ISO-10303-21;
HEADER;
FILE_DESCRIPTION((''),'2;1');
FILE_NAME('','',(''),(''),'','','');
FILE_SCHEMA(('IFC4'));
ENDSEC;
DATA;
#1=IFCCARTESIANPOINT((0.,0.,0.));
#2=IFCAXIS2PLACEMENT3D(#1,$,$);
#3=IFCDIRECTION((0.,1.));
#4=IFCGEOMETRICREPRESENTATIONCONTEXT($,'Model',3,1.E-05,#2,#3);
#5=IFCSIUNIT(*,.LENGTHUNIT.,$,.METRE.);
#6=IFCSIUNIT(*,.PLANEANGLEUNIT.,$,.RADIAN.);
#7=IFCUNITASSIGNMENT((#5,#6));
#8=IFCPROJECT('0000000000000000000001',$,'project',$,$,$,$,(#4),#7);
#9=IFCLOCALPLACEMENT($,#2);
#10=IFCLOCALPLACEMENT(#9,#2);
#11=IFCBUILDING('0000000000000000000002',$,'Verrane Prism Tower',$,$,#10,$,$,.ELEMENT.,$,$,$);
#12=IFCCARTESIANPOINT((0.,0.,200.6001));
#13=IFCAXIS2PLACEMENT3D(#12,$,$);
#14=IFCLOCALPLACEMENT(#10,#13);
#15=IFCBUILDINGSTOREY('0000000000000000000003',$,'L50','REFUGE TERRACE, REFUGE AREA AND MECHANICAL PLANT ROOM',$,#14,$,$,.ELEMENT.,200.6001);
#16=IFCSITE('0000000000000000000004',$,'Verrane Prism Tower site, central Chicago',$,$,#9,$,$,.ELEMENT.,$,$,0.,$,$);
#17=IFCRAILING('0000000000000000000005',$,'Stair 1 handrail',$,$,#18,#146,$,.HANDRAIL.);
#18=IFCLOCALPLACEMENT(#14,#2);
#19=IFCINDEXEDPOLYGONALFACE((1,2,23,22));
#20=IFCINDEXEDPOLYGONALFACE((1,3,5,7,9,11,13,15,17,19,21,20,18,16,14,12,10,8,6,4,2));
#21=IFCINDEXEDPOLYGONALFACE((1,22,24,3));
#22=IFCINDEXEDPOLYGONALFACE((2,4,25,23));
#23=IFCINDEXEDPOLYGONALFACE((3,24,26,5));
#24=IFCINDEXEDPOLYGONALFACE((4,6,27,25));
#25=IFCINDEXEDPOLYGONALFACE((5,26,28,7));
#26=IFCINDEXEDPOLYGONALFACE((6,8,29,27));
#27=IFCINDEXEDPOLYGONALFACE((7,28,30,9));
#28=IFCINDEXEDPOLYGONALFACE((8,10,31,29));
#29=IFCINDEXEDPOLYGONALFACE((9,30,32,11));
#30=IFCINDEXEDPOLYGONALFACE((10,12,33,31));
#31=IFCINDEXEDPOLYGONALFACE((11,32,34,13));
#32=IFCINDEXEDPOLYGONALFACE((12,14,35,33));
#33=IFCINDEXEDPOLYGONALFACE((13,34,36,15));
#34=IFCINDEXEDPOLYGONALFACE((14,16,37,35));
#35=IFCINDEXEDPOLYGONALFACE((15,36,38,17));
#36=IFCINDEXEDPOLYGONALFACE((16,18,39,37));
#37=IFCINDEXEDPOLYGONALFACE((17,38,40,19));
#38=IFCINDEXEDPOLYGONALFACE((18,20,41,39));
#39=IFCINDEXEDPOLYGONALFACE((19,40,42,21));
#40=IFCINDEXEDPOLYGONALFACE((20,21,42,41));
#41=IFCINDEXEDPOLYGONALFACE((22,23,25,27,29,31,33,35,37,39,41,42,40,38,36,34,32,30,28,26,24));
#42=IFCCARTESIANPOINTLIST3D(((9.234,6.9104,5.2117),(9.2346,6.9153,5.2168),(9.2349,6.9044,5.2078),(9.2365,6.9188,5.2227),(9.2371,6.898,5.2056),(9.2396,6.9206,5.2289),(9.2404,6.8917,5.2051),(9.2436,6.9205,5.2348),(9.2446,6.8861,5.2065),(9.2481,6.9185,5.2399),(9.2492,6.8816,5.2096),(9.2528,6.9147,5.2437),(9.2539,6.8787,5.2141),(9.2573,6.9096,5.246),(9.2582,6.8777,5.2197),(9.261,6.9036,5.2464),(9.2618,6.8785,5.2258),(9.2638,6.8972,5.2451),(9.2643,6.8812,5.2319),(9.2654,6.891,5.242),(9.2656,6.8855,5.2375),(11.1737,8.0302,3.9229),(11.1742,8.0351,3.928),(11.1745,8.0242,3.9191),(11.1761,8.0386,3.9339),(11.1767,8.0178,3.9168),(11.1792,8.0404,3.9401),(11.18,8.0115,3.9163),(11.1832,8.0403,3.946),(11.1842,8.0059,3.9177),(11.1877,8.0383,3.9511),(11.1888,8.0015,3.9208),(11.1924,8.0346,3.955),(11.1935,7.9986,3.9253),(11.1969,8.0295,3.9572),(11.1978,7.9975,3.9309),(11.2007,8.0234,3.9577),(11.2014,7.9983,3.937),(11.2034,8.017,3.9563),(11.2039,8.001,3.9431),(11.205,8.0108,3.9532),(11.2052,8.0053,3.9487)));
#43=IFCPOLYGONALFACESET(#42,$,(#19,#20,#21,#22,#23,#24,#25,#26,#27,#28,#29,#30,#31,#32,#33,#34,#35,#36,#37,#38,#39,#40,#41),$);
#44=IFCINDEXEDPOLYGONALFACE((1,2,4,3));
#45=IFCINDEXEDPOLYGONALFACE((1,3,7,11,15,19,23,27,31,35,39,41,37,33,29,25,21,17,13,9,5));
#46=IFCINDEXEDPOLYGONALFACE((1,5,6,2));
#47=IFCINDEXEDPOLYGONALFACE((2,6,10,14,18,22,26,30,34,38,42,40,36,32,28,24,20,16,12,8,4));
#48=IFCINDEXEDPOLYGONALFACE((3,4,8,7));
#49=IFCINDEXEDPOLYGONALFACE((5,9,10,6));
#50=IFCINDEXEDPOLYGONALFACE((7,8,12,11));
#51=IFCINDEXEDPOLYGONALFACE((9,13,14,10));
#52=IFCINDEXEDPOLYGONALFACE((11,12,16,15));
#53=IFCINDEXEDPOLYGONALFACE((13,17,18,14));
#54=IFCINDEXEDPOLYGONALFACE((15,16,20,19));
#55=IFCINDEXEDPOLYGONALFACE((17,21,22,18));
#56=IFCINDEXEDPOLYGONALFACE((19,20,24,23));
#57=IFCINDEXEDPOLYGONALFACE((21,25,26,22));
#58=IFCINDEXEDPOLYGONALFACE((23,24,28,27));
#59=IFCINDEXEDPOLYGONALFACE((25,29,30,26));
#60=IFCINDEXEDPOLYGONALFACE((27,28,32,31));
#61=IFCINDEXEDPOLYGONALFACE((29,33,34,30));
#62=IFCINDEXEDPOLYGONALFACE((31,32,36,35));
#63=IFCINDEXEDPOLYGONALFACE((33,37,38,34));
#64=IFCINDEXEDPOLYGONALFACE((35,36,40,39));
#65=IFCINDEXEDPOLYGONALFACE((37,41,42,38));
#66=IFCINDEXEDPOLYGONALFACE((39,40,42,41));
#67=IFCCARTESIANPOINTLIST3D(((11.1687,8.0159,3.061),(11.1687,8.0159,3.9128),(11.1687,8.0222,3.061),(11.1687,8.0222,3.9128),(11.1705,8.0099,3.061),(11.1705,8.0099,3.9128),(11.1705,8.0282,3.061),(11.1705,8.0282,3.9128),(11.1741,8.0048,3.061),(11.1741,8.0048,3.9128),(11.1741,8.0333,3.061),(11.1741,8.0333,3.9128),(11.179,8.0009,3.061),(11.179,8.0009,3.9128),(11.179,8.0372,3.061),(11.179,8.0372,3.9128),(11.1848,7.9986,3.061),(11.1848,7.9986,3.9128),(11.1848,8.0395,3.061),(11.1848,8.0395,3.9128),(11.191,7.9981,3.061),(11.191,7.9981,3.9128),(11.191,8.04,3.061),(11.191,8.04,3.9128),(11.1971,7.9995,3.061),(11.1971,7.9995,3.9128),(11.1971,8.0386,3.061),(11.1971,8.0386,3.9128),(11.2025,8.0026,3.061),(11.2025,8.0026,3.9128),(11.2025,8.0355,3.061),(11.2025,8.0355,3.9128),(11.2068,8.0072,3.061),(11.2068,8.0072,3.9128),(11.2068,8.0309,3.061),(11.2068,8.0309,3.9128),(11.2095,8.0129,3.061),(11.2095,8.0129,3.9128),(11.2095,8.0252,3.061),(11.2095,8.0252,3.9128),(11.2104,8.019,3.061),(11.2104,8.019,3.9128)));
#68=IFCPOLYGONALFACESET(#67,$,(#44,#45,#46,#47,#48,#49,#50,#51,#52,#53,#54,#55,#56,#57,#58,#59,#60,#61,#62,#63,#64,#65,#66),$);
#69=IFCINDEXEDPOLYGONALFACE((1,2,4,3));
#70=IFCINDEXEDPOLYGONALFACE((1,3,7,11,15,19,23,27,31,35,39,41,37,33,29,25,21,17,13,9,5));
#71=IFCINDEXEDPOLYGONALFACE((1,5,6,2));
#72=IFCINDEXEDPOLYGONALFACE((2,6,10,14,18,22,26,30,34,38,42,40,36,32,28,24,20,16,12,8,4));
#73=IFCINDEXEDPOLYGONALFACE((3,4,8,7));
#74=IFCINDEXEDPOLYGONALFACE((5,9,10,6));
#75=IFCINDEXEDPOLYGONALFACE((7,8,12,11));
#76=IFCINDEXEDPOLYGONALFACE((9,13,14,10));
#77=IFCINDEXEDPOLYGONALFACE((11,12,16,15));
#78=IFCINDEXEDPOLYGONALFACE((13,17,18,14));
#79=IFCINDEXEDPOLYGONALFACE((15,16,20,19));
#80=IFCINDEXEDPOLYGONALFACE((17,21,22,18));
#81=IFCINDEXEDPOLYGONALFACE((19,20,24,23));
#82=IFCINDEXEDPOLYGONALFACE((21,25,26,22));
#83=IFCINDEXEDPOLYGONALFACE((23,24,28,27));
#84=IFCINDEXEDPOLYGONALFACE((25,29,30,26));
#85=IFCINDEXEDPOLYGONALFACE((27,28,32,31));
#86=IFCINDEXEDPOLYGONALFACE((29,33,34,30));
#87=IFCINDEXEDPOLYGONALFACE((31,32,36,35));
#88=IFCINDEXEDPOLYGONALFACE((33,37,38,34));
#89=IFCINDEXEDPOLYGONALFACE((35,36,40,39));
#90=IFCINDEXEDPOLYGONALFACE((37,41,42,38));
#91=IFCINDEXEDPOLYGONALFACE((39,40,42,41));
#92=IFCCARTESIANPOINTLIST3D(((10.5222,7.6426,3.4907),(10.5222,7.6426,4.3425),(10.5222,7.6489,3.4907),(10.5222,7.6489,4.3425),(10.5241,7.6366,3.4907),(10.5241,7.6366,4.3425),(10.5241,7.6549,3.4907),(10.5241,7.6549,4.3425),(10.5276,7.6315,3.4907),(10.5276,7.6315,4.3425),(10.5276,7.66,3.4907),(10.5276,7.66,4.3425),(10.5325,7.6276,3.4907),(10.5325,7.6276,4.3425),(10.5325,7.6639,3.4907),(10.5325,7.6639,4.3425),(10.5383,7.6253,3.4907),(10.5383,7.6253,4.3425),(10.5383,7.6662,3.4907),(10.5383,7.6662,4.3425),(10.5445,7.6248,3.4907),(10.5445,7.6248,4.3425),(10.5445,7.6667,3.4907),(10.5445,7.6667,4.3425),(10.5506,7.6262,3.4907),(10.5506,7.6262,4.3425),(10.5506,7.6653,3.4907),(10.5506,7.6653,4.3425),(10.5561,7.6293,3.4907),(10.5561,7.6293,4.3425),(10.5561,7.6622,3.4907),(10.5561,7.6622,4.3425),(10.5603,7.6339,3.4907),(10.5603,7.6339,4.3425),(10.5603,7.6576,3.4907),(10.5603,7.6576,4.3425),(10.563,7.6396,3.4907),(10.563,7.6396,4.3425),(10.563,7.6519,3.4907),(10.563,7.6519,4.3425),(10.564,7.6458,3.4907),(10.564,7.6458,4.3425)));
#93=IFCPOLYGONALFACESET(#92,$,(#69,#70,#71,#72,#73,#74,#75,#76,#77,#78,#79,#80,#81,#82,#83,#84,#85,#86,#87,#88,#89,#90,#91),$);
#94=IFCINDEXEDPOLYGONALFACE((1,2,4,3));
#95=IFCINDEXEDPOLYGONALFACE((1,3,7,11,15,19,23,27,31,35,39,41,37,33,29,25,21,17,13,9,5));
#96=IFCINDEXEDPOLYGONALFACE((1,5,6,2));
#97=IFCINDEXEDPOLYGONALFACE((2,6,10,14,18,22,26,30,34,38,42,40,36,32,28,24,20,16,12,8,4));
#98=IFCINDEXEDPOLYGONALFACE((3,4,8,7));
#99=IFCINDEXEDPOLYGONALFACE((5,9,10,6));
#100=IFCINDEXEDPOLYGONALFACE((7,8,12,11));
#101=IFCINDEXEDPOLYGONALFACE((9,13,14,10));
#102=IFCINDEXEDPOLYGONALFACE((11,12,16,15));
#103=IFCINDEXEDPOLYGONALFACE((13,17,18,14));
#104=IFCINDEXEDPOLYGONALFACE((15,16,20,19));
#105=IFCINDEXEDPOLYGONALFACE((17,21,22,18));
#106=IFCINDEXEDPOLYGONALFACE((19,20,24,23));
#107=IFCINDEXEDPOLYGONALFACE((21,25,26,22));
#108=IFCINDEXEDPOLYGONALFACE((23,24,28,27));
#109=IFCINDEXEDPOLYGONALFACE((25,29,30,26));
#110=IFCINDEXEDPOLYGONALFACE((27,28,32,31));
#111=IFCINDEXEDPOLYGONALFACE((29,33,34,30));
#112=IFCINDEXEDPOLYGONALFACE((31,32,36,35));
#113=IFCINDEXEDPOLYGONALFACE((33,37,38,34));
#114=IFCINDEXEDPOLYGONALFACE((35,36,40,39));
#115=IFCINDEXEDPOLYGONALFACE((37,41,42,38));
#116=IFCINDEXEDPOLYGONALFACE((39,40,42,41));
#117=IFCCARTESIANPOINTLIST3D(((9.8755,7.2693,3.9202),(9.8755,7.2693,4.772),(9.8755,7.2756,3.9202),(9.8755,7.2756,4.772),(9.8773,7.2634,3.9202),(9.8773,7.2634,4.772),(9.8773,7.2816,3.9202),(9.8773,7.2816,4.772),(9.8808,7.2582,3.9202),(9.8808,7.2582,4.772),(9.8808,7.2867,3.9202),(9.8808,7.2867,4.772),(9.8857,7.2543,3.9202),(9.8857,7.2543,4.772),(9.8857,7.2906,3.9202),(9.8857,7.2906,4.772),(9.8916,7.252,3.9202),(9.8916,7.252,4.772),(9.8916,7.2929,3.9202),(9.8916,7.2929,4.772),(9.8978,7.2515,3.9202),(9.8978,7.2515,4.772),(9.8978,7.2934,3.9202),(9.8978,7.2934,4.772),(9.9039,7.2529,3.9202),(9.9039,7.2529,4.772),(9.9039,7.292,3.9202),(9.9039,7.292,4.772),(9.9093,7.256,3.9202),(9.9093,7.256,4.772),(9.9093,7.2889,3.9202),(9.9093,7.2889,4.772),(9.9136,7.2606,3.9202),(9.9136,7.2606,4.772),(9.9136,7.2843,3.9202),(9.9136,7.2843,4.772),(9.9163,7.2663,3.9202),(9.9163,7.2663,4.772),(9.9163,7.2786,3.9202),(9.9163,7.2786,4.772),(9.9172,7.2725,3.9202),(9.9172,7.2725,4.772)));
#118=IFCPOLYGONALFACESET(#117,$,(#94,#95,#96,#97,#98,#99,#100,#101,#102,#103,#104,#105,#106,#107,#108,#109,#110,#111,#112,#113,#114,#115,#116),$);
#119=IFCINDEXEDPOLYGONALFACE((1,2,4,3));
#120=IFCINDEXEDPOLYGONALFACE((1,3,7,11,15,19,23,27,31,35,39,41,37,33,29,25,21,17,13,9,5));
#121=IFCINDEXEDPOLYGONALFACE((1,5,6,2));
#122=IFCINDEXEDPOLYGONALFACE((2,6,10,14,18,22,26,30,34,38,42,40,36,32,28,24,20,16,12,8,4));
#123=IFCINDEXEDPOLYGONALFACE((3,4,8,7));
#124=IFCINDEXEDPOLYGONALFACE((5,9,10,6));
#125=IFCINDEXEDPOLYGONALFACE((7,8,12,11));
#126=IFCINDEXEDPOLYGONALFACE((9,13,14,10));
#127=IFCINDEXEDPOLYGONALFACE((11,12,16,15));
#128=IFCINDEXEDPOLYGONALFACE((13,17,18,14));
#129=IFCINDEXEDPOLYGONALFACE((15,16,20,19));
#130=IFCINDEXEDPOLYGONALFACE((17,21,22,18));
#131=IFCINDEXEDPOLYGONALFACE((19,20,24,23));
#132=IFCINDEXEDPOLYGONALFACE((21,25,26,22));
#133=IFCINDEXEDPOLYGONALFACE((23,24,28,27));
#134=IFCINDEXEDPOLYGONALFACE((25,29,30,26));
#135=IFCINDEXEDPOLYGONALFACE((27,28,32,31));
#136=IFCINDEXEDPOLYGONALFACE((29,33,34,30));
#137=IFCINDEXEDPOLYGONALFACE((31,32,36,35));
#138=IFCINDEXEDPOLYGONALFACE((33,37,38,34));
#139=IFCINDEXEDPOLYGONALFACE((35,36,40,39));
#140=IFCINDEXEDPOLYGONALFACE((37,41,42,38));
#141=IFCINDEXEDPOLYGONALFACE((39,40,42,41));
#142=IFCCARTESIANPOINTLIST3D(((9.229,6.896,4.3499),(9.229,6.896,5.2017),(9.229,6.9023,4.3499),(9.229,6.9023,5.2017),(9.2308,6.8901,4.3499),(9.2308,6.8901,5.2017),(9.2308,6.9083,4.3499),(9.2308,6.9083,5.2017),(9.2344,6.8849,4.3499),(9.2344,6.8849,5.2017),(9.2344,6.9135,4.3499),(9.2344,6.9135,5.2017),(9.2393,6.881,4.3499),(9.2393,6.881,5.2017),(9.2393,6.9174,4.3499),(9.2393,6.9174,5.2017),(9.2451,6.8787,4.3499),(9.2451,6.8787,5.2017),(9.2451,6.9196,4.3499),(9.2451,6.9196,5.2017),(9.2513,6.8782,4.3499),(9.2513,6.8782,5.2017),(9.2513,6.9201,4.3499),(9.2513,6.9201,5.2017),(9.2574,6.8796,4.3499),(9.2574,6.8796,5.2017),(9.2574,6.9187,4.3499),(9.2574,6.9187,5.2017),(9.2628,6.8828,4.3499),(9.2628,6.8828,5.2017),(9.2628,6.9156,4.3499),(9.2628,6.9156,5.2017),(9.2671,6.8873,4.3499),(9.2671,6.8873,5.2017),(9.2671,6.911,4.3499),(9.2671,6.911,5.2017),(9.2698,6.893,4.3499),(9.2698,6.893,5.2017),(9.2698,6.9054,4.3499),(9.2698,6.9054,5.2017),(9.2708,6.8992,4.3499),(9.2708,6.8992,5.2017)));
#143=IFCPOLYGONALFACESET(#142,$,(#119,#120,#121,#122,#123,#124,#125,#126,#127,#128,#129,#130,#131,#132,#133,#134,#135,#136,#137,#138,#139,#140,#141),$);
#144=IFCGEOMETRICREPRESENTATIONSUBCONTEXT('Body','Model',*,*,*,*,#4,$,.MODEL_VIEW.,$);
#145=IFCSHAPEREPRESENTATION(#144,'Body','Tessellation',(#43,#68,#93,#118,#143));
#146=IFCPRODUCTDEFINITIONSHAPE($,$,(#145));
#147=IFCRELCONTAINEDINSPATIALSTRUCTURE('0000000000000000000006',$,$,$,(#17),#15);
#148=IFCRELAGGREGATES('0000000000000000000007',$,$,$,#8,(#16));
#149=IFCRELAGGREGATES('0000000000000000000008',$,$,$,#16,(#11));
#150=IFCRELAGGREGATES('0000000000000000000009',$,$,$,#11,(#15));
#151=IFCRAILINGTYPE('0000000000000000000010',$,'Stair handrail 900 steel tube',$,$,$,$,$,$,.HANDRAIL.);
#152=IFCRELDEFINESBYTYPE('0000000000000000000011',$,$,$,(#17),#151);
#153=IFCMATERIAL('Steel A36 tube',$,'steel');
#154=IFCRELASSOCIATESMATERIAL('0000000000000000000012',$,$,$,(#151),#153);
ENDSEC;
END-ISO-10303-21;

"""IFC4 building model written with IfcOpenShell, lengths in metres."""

from ifc_helpers import new_model, si_unit, direction, frame, origin, origin_2d, place, context, subcontext, project, spatial, circle, extrude, material, type_object, element, save


model = new_model("IFC4")

# Units and contexts
model_context = context("Model", 3, precision=1e-05, world=origin(), true_north=direction((0.0, 1.0)))
body_context = subcontext(model_context, "Body", "Model", "MODEL_VIEW")
ifc_project = project(units=[si_unit("LENGTHUNIT", "METRE"), si_unit("PLANEANGLEUNIT", "RADIAN")], contexts=[model_context])

# Site, building, storey
site_placement = place(None, origin())
site = spatial("IfcSite", under=ifc_project, at=site_placement, Name="Verrane Prism Tower site, central Chicago", CompositionType="ELEMENT", RefElevation=0.0)
building_placement = place(site_placement, origin())
building = spatial("IfcBuilding", under=site, at=building_placement, Name="Verrane Prism Tower", CompositionType="ELEMENT")
storey_placement = place(building_placement, frame((0.0, 0.0, 200.6001)))
storey = spatial("IfcBuildingStorey", under=building, at=storey_placement, Name="L50", Description="REFUGE TERRACE, REFUGE AREA AND MECHANICAL PLANT ROOM", CompositionType="ELEMENT", Elevation=200.6001)

# Railing
ifc_material_1 = material(Name="Steel A36 tube", Category="steel")
railing_type_1 = type_object("IfcRailingType", Name="Stair handrail 900 steel tube", PredefinedType="HANDRAIL", material=ifc_material_1)
railing_1_placement = place(storey_placement, frame((11.1895, 8.019, 3.061)))
element("IfcRailing", 1, at=railing_1_placement, inside=storey, type_object=railing_type_1, Name="Stair 1 handrail", PredefinedType="HANDRAIL", context=body_context, shape_type="SweptSolid", body=[
    extrude(circle(Radius=0.0239, at=origin_2d()), frame((0.0, 0.0, 0.876), z_axis=(-0.750627, -0.43337, 0.498749), x_axis=(0.499996, -0.866028, 0.0)), (0.0, 0.0, 1.0), 2.584),
    extrude(circle(Radius=0.021, at=origin_2d()), origin(), (0.0, 0.0, 1.0), 0.8518),
    extrude(circle(Radius=0.021, at=origin_2d()), frame((-0.6465, -0.3733, 0.4297)), (0.0, 0.0, 1.0), 0.8518),
    extrude(circle(Radius=0.021, at=origin_2d()), frame((-1.2932, -0.7466, 0.8591)), (0.0, 0.0, 1.0), 0.8518),
    extrude(circle(Radius=0.021, at=origin_2d()), frame((-1.9397, -1.1199, 1.2888)), (0.0, 0.0, 1.0), 0.8518),
])

save(model, "model.ifc")
